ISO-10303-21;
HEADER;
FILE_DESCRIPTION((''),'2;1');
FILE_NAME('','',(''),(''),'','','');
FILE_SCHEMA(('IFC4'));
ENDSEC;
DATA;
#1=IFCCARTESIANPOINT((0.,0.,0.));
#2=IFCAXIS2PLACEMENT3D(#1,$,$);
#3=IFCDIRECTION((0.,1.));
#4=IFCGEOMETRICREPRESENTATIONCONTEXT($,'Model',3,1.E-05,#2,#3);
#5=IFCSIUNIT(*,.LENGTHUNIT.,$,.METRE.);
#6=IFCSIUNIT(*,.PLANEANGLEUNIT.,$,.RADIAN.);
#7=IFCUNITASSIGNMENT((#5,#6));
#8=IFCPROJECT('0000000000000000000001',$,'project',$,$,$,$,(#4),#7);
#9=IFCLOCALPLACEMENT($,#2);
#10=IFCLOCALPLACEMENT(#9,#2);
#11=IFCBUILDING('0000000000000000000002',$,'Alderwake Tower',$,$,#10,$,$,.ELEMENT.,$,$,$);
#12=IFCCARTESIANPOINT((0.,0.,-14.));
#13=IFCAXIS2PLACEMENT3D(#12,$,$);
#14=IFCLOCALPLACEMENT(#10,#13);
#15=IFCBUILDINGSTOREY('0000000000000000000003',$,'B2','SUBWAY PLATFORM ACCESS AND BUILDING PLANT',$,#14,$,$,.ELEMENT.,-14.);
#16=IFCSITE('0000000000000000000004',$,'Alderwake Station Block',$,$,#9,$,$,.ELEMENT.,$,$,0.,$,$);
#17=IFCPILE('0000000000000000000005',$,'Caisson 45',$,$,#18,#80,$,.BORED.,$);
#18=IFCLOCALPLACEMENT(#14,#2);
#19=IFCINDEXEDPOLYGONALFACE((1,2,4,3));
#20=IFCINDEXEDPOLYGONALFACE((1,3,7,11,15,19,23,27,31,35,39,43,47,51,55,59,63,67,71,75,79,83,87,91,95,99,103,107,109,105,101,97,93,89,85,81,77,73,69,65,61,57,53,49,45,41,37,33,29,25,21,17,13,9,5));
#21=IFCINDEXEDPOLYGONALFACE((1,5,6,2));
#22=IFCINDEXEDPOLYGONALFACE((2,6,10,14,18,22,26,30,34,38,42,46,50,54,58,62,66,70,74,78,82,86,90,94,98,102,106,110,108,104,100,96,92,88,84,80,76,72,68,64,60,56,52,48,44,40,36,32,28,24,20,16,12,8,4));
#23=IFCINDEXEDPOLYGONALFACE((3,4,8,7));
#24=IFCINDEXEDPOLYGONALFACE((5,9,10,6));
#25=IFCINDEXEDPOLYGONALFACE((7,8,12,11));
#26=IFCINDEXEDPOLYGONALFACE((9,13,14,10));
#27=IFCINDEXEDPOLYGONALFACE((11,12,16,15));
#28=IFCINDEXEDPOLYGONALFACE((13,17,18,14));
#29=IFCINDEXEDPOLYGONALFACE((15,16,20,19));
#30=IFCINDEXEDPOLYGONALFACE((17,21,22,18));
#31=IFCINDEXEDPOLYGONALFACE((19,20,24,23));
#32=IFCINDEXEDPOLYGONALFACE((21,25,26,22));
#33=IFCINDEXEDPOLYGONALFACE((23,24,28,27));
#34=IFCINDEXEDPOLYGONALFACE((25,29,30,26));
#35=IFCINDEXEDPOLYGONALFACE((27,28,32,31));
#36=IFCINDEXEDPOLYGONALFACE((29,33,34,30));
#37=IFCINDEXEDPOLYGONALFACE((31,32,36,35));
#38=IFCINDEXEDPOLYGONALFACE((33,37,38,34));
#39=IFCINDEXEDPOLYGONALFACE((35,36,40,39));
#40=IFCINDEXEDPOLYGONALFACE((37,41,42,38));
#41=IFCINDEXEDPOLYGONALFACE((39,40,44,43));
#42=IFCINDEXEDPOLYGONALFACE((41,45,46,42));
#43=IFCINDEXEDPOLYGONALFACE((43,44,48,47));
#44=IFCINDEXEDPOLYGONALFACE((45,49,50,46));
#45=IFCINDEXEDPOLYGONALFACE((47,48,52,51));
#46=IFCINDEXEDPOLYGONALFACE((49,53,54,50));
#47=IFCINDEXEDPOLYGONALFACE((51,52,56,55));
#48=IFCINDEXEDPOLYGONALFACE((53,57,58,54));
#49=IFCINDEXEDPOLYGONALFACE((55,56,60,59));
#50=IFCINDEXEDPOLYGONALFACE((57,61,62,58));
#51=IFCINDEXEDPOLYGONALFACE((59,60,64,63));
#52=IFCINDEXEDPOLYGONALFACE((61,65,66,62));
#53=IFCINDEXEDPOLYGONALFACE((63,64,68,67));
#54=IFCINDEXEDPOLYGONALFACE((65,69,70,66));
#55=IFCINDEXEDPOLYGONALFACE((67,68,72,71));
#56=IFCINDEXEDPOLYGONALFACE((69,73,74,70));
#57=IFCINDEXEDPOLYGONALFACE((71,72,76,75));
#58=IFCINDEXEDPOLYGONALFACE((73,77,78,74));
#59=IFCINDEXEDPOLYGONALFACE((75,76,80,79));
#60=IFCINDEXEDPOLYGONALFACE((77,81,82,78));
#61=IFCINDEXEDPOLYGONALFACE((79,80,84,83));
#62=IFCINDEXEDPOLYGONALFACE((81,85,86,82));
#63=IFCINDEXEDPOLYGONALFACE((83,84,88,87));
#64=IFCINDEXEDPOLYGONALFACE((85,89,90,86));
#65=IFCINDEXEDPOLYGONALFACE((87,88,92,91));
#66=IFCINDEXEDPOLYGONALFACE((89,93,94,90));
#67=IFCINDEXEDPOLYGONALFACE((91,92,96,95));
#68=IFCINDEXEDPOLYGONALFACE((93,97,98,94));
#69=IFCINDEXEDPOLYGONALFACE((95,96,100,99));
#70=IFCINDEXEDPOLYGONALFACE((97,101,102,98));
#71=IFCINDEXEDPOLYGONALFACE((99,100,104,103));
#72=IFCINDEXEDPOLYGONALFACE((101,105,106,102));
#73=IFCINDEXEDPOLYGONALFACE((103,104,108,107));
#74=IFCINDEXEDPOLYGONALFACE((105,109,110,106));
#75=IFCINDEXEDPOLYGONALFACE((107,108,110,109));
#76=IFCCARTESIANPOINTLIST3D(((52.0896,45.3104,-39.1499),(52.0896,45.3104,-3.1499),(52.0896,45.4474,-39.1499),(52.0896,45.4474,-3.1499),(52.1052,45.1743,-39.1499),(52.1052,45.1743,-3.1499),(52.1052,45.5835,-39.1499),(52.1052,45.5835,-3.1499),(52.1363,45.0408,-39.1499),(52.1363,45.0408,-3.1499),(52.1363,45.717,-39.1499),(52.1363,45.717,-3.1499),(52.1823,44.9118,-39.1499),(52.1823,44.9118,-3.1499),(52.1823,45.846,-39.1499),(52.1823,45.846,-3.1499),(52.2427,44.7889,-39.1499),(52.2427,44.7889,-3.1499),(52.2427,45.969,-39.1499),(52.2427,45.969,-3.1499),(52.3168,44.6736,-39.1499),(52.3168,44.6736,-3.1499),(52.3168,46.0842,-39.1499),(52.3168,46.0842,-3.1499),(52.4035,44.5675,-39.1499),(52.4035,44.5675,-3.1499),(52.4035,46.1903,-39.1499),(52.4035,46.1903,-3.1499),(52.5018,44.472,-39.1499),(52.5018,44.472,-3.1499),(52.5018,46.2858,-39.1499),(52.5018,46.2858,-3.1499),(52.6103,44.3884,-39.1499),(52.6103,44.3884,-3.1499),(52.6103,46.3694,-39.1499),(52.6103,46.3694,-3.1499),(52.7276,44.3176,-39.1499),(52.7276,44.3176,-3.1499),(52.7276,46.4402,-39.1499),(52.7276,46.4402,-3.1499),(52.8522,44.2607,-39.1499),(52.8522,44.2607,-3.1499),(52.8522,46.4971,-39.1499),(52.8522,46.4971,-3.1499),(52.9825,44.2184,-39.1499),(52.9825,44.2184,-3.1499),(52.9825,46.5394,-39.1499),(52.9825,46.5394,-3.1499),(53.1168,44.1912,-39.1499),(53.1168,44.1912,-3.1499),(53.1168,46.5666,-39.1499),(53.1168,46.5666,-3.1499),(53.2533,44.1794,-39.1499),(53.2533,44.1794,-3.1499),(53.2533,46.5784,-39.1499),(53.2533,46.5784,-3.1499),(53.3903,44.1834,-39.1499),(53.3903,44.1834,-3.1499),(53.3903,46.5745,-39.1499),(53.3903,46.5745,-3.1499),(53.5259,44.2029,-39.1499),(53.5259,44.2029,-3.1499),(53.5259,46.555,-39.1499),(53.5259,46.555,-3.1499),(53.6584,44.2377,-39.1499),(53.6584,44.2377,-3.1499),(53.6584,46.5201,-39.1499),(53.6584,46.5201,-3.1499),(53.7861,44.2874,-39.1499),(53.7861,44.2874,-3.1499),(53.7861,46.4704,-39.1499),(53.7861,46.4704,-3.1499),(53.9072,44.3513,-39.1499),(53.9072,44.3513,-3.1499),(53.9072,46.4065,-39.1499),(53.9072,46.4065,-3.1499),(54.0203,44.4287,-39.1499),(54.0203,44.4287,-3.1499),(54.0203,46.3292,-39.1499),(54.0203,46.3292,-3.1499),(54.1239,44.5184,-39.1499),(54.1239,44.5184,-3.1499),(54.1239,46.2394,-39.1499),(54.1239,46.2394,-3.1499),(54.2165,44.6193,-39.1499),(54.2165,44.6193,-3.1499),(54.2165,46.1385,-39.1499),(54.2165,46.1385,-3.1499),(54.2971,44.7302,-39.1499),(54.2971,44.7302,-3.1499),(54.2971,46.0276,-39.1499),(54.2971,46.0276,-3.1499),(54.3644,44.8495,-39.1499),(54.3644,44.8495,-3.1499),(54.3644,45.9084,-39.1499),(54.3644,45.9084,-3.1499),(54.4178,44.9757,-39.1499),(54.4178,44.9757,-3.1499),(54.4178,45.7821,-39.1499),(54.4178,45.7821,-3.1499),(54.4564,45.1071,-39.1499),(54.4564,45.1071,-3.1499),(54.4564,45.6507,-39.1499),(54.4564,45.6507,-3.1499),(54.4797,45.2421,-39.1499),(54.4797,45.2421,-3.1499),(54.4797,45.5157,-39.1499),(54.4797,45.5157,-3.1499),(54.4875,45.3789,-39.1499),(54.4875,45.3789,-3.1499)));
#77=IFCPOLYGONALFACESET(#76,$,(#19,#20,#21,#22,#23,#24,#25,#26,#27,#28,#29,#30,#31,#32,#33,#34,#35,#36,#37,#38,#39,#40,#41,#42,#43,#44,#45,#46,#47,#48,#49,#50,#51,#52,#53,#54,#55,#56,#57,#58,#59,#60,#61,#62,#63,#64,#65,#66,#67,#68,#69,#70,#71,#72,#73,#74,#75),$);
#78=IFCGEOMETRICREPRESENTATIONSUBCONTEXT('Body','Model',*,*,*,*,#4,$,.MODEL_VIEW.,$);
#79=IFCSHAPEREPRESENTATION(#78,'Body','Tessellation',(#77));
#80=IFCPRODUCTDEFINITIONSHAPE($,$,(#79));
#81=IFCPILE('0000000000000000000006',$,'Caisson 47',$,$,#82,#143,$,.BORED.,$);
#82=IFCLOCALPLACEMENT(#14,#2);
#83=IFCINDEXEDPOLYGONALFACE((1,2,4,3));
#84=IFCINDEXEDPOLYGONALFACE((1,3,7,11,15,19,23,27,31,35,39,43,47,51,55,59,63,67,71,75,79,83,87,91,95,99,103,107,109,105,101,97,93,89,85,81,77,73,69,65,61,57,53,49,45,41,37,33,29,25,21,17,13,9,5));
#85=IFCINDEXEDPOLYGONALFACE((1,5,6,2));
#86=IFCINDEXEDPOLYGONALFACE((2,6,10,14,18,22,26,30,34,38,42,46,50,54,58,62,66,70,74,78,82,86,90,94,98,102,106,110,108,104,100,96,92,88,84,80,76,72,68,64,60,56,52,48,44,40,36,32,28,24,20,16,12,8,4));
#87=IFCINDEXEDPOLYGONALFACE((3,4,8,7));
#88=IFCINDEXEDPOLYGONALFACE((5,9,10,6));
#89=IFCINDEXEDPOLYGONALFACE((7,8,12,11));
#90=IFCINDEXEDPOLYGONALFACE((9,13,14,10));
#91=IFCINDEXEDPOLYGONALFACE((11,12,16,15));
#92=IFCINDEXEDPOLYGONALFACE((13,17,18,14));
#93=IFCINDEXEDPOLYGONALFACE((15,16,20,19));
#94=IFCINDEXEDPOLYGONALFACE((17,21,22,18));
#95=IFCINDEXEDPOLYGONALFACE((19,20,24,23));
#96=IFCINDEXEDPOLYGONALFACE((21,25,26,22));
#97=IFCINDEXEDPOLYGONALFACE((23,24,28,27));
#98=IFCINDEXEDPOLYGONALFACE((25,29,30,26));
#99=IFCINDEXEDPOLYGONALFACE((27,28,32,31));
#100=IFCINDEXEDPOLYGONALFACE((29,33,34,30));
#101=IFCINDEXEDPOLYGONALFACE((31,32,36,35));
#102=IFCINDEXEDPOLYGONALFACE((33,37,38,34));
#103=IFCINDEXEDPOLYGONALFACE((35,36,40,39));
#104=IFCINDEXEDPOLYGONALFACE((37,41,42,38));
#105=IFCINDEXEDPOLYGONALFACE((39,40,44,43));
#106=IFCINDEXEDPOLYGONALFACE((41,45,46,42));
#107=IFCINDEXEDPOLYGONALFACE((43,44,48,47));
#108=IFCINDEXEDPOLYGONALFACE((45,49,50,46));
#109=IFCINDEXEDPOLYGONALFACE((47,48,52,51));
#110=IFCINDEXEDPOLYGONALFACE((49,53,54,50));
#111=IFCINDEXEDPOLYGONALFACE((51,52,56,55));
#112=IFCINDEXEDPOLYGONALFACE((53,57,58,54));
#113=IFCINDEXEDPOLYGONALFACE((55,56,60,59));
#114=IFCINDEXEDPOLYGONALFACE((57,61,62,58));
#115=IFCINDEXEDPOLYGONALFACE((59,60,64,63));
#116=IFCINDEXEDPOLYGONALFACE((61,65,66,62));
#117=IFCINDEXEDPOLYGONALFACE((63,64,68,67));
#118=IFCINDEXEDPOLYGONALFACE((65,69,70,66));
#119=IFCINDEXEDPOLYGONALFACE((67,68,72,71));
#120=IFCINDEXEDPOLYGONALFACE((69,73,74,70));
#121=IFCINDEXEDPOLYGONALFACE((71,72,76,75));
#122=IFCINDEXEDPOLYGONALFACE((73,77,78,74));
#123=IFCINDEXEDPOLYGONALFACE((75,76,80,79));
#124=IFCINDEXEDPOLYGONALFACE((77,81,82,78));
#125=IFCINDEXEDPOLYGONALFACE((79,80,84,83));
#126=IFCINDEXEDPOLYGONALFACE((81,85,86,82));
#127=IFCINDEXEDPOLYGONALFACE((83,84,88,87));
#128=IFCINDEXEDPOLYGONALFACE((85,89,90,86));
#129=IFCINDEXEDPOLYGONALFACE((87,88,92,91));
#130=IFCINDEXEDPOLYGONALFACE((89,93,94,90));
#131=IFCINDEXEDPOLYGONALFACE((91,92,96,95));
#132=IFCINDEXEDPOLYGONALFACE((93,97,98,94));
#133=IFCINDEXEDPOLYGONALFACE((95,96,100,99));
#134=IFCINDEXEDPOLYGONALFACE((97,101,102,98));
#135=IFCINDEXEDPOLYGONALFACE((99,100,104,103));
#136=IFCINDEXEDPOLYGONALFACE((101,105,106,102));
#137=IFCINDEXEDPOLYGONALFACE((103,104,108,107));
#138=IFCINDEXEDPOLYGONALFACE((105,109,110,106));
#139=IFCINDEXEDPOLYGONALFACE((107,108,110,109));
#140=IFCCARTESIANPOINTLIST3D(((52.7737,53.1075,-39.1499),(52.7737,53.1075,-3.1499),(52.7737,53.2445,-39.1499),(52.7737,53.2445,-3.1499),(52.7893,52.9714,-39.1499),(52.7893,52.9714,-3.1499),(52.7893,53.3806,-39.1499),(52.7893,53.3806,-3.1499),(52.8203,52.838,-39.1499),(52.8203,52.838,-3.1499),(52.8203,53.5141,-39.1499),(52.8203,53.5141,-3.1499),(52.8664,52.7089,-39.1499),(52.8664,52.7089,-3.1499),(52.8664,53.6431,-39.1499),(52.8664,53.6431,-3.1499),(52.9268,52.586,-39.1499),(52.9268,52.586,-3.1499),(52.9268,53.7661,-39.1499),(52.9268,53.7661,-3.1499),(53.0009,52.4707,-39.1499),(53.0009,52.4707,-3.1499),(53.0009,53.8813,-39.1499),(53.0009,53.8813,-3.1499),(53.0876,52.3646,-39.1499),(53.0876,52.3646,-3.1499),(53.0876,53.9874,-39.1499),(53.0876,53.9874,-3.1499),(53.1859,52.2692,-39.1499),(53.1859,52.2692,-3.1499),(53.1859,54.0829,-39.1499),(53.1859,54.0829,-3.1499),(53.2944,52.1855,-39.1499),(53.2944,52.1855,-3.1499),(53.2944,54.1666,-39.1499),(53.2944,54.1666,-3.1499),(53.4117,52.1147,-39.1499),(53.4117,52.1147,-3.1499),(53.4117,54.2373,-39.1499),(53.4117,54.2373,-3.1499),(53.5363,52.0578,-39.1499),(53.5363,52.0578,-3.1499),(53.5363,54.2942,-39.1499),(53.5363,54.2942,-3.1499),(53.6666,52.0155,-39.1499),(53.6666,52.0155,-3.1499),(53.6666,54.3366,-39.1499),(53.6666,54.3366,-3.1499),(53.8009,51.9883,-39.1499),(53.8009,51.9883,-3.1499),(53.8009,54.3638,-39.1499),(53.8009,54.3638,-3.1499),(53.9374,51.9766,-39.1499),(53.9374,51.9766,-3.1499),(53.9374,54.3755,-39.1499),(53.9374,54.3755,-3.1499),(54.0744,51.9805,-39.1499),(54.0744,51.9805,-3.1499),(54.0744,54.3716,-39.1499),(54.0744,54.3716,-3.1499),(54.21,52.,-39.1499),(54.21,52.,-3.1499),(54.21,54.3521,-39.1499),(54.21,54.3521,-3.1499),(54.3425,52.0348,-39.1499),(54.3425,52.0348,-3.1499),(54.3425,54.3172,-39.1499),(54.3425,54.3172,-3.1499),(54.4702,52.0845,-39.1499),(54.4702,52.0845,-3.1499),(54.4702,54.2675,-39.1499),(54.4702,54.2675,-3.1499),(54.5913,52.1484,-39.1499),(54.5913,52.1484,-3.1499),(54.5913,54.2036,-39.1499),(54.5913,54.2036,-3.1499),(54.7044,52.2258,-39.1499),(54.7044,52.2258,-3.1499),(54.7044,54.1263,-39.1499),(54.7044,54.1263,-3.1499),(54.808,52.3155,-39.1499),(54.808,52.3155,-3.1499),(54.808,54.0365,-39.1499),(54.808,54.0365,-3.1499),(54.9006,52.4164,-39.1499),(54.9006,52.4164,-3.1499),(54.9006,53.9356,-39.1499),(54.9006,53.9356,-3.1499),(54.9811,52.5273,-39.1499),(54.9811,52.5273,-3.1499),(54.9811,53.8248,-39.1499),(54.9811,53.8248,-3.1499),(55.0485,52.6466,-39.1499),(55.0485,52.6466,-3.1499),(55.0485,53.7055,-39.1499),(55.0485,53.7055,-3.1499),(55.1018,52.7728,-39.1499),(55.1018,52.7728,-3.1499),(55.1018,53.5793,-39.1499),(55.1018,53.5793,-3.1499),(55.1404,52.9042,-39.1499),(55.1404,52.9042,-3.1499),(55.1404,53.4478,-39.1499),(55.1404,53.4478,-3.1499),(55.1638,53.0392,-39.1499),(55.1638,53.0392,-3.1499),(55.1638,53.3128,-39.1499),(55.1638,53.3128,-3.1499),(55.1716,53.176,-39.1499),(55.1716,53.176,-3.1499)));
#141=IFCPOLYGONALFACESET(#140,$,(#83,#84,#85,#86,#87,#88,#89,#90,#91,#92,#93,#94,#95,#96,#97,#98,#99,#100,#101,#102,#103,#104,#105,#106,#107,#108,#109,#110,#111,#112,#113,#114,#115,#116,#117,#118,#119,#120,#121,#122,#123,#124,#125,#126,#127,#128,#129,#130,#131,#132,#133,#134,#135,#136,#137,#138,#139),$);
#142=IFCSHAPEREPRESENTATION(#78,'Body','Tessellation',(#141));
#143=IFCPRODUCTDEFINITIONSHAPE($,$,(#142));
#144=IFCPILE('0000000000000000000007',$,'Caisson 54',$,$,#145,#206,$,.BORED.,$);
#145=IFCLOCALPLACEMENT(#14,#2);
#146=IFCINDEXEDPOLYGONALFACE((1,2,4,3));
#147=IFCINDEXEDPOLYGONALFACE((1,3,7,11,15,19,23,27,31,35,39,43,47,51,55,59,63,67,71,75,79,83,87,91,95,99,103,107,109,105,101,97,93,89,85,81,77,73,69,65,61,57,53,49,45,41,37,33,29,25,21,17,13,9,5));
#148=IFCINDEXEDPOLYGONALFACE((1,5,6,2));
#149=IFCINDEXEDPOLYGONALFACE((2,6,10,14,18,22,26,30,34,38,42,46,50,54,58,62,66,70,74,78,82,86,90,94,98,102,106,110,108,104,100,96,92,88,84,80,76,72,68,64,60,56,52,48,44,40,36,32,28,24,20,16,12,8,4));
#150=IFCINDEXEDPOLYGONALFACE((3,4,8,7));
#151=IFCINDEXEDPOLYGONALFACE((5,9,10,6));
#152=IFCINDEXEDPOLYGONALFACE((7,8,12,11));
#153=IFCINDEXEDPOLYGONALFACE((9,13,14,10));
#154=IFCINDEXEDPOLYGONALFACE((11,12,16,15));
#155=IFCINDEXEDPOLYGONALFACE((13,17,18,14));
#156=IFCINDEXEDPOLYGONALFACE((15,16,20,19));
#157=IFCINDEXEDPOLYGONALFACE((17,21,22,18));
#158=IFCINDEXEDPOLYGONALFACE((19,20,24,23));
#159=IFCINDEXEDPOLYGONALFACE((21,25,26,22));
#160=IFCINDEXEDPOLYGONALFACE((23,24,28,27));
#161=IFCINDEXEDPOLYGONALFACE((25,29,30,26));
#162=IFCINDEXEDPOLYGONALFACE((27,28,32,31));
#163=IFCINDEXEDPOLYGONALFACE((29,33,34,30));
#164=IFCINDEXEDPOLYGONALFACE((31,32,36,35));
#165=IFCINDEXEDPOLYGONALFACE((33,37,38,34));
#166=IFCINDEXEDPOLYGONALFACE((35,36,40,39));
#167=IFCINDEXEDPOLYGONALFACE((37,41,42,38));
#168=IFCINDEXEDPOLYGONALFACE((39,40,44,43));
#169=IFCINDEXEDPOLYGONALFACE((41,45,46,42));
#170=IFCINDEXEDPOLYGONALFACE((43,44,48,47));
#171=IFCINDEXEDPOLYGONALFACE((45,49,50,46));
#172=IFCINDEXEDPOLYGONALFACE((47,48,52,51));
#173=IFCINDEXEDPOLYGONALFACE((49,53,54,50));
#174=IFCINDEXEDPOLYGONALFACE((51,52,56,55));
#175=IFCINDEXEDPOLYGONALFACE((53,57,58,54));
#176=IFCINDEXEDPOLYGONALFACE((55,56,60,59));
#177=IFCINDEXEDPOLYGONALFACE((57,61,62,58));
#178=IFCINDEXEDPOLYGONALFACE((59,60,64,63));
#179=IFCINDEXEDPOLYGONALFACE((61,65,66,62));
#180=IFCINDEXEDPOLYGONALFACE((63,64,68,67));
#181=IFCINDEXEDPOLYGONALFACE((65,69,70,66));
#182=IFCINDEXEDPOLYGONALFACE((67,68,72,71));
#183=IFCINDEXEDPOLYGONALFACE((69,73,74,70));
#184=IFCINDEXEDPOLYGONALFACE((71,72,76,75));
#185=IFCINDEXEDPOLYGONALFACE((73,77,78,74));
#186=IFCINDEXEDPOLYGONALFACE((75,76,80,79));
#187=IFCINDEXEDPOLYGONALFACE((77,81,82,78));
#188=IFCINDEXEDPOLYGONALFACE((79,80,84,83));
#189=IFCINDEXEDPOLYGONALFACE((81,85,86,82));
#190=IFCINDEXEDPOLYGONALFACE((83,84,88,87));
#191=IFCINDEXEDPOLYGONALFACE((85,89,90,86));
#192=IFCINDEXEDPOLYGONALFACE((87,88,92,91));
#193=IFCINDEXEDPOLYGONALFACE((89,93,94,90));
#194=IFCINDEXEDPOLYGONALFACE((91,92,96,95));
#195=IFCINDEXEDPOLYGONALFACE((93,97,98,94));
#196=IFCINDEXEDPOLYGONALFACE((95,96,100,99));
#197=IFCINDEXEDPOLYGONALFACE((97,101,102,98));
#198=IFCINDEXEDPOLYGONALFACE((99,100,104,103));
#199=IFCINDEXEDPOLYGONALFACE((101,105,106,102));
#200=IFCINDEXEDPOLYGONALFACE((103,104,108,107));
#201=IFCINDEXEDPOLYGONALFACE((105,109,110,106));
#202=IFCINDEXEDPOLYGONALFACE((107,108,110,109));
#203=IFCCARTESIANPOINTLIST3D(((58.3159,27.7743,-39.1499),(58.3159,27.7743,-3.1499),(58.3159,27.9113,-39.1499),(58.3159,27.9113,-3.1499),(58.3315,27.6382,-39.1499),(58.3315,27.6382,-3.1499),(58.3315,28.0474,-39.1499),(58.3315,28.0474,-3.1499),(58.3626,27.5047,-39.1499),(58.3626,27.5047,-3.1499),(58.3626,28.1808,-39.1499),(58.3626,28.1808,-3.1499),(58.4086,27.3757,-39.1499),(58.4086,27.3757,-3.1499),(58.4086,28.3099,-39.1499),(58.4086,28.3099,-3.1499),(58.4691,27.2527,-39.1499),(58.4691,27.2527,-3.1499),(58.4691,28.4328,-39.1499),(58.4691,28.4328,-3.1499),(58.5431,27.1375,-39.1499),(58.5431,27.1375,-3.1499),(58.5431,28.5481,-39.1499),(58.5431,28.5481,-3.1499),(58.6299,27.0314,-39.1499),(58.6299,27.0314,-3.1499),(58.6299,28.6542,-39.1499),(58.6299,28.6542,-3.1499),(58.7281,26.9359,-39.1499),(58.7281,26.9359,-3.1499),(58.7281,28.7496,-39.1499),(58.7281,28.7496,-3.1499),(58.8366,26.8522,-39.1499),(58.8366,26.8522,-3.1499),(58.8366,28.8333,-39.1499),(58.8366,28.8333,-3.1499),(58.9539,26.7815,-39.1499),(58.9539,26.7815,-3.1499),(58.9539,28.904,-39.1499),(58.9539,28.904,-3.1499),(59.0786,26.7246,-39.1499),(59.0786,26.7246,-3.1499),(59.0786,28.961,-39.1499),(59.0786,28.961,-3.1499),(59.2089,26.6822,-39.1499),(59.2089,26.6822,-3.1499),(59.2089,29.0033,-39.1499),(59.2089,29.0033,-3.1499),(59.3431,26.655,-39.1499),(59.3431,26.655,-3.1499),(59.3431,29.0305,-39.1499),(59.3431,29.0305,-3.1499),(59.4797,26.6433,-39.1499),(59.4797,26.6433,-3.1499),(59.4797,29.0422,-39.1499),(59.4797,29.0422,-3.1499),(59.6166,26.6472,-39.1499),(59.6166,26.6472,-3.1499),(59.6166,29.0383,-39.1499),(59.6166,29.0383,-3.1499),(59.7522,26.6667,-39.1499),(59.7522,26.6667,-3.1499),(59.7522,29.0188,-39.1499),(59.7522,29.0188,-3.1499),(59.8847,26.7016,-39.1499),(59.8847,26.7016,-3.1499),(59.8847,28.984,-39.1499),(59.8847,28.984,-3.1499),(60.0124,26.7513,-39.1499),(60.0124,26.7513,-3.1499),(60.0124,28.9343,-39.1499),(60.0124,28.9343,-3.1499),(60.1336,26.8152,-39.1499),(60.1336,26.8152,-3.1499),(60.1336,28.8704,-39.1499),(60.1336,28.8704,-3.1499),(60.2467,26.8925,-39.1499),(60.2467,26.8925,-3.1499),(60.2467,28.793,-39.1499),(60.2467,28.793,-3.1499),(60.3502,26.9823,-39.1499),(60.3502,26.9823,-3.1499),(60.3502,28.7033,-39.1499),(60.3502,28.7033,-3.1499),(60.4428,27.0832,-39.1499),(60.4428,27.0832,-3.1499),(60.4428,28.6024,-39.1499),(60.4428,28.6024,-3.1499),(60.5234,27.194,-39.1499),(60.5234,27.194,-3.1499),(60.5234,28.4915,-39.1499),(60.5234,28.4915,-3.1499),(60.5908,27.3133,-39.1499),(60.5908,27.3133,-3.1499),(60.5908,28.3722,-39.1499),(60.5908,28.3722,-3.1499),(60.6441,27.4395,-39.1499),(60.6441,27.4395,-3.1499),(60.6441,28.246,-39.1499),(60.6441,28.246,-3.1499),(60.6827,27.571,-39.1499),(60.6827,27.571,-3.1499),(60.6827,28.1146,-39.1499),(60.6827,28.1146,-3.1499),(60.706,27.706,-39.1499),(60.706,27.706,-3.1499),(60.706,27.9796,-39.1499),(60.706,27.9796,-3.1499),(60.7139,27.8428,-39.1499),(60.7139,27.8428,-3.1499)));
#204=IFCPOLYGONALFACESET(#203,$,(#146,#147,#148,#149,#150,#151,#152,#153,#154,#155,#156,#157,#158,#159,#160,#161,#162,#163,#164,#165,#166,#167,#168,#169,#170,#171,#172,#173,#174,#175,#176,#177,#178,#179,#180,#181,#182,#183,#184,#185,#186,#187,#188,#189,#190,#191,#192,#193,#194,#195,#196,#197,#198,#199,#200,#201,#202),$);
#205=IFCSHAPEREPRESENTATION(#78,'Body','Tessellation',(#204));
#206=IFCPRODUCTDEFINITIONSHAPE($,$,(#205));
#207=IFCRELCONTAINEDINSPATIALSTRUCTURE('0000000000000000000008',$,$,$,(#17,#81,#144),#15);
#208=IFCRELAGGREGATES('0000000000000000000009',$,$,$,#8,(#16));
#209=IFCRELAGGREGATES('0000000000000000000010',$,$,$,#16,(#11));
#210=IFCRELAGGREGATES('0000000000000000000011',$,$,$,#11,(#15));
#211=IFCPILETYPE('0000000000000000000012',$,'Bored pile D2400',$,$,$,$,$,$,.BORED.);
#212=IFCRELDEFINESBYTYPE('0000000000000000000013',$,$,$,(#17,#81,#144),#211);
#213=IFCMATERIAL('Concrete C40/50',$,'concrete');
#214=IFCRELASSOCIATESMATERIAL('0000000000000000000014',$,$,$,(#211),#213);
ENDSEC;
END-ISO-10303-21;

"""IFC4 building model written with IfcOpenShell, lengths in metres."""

from ifc_helpers import new_model, si_unit, direction, frame, origin, origin_2d, place, context, subcontext, project, spatial, circle, extrude, material, material_profile, profile_set, type_object, element, save


model = new_model("IFC4")

# Units and contexts
model_context = context("Model", 3, precision=1e-05, world=origin(), true_north=direction((0.0, 1.0)))
body_context = subcontext(model_context, "Body", "Model", "MODEL_VIEW")
ifc_project = project(units=[si_unit("LENGTHUNIT", "METRE"), si_unit("PLANEANGLEUNIT", "RADIAN")], contexts=[model_context])

# Site, building, storey
site_placement = place(None, origin())
site = spatial("IfcSite", under=ifc_project, at=site_placement, Name="Alderwake Station Block", CompositionType="ELEMENT", RefElevation=0.0)
building_placement = place(site_placement, origin())
building = spatial("IfcBuilding", under=site, at=building_placement, Name="Alderwake Tower", CompositionType="ELEMENT")
storey_placement = place(building_placement, frame((0.0, 0.0, -14.0)))
storey = spatial("IfcBuildingStorey", under=building, at=storey_placement, Name="B2", Description="SUBWAY PLATFORM ACCESS AND BUILDING PLANT", CompositionType="ELEMENT", Elevation=-14.0)

# Piles
ifc_material_1 = material(Name="Concrete C40/50", Category="concrete")
ifc_material_profile_1 = material_profile(ifc_material_1, circle(Radius=1.2, at=origin_2d()), Name="PILE 2400")
ifc_profile_set_1 = profile_set([ifc_material_profile_1], Name="Concrete C40/50")
pile_type_1 = type_object("IfcPileType", Name="Bored pile D2400", PredefinedType="BORED", material=ifc_profile_set_1)
for number, where, z_axis, x_axis, name in (
    (1, (53.2876, 45.3789, -3.1499), (0.0, 0.0, -1.0), (1.0, 0.0, 0.0), "Caisson 45"),
    (2, (53.9717, 53.176, -3.1499), (0.0, 0.0, -1.0), (1.0, 0.0, 0.0), "Caisson 47"),
    (3, (59.5139, 27.8428, -3.1499), (0.0, 0.0, -1.0), (1.0, 0.0, 0.0), "Caisson 54"),
):
    element("IfcPile", number, at=place(storey_placement, frame(where, z_axis=z_axis, x_axis=x_axis)), inside=storey, type_object=pile_type_1, Name=name, PredefinedType="BORED", context=body_context, shape_type="SweptSolid", body=[
        extrude(circle(Radius=1.2, at=origin_2d()), origin(), (0.0, 0.0, 1.0), 36.0),
    ])

save(model, "model.ifc")
